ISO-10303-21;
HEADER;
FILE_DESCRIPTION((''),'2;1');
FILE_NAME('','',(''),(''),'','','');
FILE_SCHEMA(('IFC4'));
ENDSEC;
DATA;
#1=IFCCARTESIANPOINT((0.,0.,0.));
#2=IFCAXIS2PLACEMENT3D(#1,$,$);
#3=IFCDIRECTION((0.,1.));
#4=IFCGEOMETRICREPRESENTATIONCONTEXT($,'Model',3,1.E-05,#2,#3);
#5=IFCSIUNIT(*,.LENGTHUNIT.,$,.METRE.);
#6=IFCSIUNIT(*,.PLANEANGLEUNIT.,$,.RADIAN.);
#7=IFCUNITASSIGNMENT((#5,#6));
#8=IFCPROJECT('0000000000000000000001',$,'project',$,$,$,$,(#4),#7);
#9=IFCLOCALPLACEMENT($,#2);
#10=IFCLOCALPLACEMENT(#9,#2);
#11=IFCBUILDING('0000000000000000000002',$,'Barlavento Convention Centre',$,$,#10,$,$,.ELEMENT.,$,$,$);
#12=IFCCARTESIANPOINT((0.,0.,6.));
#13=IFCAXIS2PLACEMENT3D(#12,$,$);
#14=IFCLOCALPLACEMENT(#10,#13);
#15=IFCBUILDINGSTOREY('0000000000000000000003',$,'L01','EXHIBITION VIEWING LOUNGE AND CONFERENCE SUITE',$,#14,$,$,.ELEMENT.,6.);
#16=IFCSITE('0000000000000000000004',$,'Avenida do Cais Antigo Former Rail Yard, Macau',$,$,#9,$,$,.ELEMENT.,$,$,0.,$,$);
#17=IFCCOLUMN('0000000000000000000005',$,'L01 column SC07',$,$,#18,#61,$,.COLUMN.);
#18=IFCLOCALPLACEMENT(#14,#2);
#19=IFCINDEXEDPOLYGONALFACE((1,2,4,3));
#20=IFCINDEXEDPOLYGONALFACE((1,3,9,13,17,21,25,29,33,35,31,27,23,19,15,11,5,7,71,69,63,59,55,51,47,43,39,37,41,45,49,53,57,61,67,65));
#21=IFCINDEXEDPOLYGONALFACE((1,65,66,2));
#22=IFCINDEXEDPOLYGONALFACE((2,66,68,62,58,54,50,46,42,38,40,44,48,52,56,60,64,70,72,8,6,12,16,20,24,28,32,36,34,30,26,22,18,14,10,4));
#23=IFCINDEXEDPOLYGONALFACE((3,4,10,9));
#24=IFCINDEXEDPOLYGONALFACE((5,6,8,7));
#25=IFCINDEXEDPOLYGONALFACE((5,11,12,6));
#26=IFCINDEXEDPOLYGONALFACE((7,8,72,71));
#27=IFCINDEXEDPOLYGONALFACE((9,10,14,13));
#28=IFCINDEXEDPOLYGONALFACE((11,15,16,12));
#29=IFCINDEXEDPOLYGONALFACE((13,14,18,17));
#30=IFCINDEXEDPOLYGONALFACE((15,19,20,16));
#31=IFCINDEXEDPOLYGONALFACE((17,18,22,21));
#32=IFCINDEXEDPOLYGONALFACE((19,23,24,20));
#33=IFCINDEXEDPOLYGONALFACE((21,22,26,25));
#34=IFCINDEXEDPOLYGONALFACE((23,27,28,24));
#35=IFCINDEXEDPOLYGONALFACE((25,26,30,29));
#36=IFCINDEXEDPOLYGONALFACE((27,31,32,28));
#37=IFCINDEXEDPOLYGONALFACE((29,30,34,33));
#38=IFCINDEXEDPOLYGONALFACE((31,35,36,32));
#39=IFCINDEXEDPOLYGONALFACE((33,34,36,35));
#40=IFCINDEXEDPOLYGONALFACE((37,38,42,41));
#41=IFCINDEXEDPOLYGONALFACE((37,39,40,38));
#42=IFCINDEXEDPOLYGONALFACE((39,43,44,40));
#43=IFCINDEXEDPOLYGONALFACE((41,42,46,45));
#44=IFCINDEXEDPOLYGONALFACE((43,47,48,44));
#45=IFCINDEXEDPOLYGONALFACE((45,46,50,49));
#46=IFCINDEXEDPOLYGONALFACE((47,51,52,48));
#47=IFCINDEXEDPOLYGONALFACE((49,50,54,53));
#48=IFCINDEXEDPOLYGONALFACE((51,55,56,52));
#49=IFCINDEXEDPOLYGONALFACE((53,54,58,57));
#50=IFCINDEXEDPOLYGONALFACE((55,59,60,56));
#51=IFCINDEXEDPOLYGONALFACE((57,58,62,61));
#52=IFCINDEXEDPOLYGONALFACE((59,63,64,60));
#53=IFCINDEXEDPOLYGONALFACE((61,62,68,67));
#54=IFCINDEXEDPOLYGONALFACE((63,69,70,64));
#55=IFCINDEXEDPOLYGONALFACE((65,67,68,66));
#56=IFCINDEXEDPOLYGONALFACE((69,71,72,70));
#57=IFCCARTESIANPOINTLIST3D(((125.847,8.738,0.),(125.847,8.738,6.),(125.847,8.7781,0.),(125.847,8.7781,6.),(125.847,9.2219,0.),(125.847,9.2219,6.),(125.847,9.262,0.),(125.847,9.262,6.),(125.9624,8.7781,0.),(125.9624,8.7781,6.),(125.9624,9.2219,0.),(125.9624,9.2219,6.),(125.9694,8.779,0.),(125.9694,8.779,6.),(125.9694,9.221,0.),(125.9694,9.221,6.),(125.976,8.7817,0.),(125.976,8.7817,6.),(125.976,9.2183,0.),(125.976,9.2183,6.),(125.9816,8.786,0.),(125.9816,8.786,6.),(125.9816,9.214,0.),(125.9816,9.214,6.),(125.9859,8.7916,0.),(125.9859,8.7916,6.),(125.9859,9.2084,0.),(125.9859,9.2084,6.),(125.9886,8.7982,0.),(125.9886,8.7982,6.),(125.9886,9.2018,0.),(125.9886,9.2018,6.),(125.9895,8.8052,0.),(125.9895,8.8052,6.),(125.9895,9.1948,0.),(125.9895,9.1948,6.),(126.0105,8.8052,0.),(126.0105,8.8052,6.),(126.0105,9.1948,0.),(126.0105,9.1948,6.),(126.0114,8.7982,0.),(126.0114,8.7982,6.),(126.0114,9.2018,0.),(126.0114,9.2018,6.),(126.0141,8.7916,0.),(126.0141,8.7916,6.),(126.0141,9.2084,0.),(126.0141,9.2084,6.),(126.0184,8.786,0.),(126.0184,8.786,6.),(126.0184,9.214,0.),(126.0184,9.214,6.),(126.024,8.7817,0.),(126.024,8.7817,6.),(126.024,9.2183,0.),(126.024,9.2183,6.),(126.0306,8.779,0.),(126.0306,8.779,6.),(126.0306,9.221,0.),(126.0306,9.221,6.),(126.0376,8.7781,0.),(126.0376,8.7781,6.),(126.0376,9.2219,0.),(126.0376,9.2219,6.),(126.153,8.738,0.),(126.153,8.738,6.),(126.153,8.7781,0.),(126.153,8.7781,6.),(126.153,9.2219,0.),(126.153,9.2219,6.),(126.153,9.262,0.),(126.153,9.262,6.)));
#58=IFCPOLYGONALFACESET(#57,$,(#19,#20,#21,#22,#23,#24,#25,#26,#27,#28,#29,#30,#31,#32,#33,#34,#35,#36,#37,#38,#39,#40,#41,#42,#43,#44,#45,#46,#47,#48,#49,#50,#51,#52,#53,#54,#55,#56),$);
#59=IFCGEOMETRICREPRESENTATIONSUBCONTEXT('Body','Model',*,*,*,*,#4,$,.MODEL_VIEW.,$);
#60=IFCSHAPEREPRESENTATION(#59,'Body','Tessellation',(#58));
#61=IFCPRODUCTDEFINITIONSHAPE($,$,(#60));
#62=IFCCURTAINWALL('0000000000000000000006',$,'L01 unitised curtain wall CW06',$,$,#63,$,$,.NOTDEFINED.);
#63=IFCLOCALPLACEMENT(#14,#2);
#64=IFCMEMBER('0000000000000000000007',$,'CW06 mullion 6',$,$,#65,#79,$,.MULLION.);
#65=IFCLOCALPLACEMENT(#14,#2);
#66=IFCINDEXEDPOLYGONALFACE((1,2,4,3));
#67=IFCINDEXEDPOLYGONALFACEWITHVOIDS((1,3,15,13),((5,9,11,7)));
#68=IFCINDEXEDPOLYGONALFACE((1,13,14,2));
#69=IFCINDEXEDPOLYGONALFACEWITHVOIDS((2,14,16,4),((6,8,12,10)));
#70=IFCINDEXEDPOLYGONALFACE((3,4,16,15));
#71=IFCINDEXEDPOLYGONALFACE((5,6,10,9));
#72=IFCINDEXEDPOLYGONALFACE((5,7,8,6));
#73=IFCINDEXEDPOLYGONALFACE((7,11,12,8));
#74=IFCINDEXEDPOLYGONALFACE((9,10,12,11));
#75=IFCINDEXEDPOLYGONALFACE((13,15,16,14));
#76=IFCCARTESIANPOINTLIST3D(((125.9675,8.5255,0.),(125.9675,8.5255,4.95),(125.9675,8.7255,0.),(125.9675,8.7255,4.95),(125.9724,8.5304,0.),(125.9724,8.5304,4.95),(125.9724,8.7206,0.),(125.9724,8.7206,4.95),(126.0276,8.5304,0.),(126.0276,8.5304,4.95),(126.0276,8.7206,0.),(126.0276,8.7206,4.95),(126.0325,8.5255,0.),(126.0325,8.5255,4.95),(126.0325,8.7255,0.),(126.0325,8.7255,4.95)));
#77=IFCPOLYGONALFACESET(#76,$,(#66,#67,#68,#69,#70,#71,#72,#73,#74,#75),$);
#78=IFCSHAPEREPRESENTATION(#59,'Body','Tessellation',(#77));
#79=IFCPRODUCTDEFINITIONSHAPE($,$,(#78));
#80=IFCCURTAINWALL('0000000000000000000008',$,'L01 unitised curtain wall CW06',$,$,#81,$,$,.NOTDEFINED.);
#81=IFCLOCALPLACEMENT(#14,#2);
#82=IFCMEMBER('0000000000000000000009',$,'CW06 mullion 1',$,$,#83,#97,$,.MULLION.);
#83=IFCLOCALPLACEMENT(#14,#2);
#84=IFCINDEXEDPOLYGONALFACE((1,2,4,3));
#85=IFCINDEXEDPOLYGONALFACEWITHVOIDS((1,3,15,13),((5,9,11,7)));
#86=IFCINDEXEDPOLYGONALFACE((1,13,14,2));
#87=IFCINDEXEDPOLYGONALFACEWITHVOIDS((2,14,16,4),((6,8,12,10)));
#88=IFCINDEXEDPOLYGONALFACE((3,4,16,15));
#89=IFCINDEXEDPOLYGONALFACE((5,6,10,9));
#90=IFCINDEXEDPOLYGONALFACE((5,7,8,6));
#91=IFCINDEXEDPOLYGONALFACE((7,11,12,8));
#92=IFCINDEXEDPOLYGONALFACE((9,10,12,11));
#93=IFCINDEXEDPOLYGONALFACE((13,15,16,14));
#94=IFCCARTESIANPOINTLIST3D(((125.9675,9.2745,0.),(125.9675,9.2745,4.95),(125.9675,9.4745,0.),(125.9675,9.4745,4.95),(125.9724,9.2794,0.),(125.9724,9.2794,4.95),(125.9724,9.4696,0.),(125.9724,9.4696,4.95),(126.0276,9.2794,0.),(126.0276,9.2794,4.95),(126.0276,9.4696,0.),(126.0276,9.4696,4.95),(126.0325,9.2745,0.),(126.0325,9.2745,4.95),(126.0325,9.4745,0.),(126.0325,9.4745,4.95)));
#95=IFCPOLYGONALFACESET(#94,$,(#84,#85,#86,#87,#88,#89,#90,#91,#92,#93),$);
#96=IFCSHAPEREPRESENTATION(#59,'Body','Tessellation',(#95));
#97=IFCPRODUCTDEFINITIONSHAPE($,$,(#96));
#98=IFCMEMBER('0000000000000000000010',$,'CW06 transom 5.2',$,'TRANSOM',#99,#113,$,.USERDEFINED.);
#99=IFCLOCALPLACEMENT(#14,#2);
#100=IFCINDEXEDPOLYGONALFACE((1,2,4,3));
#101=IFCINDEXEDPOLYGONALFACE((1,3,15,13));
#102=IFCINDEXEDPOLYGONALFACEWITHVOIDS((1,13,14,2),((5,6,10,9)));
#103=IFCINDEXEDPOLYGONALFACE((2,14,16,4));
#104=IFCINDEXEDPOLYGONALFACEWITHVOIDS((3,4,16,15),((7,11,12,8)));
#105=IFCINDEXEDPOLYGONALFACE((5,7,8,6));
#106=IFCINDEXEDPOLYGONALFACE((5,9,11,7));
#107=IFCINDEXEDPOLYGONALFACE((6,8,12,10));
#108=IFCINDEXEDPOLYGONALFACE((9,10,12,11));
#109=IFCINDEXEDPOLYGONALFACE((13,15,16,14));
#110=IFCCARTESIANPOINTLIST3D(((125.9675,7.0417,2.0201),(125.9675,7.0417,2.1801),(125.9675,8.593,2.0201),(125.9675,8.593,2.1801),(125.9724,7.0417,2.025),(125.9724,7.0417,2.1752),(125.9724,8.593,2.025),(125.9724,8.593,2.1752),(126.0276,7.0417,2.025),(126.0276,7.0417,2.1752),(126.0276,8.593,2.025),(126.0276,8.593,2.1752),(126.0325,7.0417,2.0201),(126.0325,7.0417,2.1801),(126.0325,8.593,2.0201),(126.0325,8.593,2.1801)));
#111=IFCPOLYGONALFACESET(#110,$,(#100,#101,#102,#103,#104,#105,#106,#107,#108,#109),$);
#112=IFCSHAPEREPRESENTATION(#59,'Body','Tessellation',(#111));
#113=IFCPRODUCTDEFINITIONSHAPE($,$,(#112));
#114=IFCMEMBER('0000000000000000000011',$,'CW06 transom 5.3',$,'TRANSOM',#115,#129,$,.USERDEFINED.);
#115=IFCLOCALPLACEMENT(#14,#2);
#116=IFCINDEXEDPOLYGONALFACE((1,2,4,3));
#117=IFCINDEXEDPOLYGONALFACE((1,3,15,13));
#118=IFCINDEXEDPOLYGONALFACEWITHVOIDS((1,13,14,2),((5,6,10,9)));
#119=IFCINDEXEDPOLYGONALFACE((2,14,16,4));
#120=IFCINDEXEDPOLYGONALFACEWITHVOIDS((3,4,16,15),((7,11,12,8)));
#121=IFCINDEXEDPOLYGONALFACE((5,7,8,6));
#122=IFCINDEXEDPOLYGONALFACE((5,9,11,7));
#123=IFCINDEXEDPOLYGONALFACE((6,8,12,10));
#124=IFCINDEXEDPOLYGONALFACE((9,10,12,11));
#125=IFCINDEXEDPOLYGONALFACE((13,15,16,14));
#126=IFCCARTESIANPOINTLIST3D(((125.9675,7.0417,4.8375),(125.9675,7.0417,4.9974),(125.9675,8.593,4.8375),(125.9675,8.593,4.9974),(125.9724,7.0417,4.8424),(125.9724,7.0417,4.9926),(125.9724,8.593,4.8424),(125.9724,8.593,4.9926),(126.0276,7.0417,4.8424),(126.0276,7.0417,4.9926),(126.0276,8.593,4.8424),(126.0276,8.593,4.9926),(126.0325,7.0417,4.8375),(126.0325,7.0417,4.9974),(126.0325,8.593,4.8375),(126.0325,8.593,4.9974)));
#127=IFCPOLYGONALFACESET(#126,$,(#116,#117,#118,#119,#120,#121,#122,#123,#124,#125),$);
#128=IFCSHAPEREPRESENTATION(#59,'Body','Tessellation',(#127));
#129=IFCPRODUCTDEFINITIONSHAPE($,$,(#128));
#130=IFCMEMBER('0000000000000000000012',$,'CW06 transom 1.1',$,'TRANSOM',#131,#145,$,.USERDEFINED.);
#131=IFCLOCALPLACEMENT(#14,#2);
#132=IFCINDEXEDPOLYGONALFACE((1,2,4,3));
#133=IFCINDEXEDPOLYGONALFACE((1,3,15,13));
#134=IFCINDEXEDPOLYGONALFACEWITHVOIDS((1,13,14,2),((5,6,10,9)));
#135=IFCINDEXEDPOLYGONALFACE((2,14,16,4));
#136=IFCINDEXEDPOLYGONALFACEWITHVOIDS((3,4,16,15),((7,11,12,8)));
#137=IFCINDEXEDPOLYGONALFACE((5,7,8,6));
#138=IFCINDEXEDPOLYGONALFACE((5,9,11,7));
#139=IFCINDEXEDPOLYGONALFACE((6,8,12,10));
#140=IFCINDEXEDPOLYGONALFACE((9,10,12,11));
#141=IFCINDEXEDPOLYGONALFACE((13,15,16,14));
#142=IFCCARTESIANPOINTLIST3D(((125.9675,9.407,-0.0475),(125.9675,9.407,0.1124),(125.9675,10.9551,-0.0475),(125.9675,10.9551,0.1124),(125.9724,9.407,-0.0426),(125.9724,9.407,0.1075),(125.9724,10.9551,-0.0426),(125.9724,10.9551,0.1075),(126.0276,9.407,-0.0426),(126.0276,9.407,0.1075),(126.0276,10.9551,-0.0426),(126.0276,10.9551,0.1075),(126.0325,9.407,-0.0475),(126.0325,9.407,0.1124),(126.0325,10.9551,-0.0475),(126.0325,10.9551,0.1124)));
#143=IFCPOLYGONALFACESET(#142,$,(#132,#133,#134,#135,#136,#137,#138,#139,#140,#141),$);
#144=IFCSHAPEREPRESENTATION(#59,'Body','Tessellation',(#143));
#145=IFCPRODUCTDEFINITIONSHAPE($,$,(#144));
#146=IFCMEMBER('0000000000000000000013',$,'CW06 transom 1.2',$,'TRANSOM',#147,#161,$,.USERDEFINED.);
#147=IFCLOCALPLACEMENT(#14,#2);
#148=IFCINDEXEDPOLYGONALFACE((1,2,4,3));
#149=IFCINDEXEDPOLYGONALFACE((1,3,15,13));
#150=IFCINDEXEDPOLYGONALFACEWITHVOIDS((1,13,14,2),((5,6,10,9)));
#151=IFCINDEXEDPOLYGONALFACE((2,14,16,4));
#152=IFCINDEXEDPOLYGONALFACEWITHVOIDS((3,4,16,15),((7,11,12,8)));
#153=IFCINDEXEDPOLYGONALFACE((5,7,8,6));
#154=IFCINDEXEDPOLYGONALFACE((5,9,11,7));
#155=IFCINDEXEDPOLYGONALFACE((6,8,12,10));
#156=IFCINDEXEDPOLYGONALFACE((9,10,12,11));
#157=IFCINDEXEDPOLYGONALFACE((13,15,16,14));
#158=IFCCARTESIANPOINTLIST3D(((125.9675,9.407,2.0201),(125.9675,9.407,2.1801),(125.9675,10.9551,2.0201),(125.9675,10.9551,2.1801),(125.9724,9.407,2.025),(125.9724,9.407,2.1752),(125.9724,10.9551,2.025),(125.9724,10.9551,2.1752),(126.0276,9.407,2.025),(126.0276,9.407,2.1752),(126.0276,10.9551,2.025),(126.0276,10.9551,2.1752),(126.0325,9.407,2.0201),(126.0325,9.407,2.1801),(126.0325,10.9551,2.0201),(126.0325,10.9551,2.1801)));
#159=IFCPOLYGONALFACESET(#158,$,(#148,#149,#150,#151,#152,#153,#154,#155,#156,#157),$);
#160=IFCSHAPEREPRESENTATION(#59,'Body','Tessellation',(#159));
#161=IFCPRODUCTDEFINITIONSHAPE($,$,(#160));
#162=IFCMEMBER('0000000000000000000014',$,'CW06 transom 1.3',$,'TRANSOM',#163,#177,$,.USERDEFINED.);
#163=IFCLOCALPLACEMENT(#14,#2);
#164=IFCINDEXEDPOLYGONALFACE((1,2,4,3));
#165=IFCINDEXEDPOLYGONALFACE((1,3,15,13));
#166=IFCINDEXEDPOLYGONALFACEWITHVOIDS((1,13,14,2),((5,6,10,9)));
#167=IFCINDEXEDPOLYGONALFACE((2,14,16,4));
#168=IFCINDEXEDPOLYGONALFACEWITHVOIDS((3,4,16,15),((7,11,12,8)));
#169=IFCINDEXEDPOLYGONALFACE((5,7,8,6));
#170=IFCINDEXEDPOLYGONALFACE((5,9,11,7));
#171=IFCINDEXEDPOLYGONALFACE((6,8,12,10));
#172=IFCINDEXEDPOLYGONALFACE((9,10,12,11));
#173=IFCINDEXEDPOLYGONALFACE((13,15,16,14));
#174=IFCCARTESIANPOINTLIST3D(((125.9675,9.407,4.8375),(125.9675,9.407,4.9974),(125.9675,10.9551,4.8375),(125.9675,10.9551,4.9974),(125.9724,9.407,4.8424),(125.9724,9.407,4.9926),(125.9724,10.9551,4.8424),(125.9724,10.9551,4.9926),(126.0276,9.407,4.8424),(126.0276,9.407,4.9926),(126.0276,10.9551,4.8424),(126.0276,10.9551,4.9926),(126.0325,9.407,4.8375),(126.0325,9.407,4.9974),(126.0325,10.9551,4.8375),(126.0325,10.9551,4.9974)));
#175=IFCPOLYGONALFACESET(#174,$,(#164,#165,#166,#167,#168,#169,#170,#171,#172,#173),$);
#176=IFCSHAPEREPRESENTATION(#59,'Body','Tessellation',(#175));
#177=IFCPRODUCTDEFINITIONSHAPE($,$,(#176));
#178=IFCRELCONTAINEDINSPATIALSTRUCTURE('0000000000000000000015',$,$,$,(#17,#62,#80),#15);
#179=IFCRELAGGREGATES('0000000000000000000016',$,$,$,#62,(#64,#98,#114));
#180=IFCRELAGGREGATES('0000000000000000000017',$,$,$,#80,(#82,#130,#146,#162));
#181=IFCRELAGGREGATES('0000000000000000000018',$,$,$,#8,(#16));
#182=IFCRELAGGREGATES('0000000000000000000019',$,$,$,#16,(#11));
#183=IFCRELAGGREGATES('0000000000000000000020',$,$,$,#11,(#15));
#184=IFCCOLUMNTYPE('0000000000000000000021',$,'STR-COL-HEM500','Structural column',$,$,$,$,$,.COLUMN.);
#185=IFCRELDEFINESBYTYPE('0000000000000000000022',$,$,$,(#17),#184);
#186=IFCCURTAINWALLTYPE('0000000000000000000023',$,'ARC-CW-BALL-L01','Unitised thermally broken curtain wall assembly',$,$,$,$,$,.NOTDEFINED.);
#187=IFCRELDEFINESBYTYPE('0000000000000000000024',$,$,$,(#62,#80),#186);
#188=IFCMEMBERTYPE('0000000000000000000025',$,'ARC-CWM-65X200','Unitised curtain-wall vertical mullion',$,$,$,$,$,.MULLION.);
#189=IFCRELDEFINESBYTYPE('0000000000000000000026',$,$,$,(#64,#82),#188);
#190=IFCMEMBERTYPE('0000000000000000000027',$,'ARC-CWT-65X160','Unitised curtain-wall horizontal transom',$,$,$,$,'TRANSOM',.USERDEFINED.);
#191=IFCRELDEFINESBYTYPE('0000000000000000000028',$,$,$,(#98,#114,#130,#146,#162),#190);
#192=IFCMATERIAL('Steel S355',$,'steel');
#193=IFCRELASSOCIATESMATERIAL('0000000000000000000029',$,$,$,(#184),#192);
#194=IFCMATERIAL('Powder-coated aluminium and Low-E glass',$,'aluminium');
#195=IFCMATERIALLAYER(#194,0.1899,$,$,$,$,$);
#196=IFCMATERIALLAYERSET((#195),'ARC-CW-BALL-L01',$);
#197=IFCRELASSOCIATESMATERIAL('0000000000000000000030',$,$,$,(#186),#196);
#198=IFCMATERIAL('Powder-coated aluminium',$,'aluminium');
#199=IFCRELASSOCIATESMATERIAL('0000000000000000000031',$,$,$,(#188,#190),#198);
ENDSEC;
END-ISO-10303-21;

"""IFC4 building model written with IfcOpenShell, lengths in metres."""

from ifc_helpers import new_model, si_unit, direction, frame, origin, origin_2d, place, context, subcontext, project, spatial, hollow_rectangle, i_section, extrude, material, layer, layer_set, material_profile, profile_set, type_object, element, aggregate, save


model = new_model("IFC4")

# Units and contexts
model_context = context("Model", 3, precision=1e-05, world=origin(), true_north=direction((0.0, 1.0)))
body_context = subcontext(model_context, "Body", "Model", "MODEL_VIEW")
ifc_project = project(units=[si_unit("LENGTHUNIT", "METRE"), si_unit("PLANEANGLEUNIT", "RADIAN")], contexts=[model_context])

# Site, building, storey
site_placement = place(None, origin())
site = spatial("IfcSite", under=ifc_project, at=site_placement, Name="Avenida do Cais Antigo Former Rail Yard, Macau", CompositionType="ELEMENT", RefElevation=0.0)
building_placement = place(site_placement, origin())
building = spatial("IfcBuilding", under=site, at=building_placement, Name="Barlavento Convention Centre", CompositionType="ELEMENT")
storey_placement = place(building_placement, frame((0.0, 0.0, 6.0)))
storey = spatial("IfcBuildingStorey", under=building, at=storey_placement, Name="L01", Description="EXHIBITION VIEWING LOUNGE AND CONFERENCE SUITE", CompositionType="ELEMENT", Elevation=6.0)

# Column
ifc_material_1 = material(Name="Steel S355", Category="steel")
ifc_material_profile_1 = material_profile(ifc_material_1, i_section(OverallWidth=0.3059, OverallDepth=0.5239, WebThickness=0.021, FlangeThickness=0.04, FilletRadius=0.0271, at=origin_2d()), Name="HEM 500")
ifc_profile_set_1 = profile_set([ifc_material_profile_1], Name="Steel S355")
column_type = type_object("IfcColumnType", Name="STR-COL-HEM500", Description="Structural column", PredefinedType="COLUMN", material=ifc_profile_set_1)
column_placement = place(storey_placement, frame((126.0, 9.0, 0.0), z_axis=(0.0, 0.0, 1.0), x_axis=(1.0, 0.0, 0.0)))
element("IfcColumn", 1, at=column_placement, inside=storey, type_object=column_type, Name="L01 column SC07", PredefinedType="COLUMN", context=body_context, shape_type="SweptSolid", body=[
    extrude(i_section(OverallWidth=0.3059, OverallDepth=0.5239, WebThickness=0.021, FlangeThickness=0.04, FilletRadius=0.0271, at=origin_2d()), origin(), (0.0, 0.0, 1.0), 6.0),
])

# Curtain walls, members
ifc_material_2 = material(Name="Powder-coated aluminium and Low-E glass", Category="aluminium")
ifc_layer_1 = layer(ifc_material_2, 0.1899)
ifc_layer_set_1 = layer_set([ifc_layer_1], Name="ARC-CW-BALL-L01")
curtain_wall_type = type_object("IfcCurtainWallType", Name="ARC-CW-BALL-L01", Description="Unitised thermally broken curtain wall assembly", PredefinedType="NOTDEFINED", material=ifc_layer_set_1)
curtain_wall_1_placement = place(storey_placement, origin())
curtain_wall_1 = element("IfcCurtainWall", 2, at=curtain_wall_1_placement, inside=storey, type_object=curtain_wall_type, Name="L01 unitised curtain wall CW06", PredefinedType="NOTDEFINED")
ifc_material_3 = material(Name="Powder-coated aluminium", Category="aluminium")
ifc_material_profile_2 = material_profile(ifc_material_3, hollow_rectangle(XDim=0.0649, YDim=0.2, WallThickness=0.0049, at=origin_2d()), Name="AL-MULL 65x200x5")
ifc_profile_set_2 = profile_set([ifc_material_profile_2], Name="Powder-coated aluminium")
member_type_1 = type_object("IfcMemberType", Name="ARC-CWM-65X200", Description="Unitised curtain-wall vertical mullion", PredefinedType="MULLION", material=ifc_profile_set_2)
member_1_placement = place(storey_placement, frame((126.0, 8.6255, 0.0), z_axis=(0.0, 0.0, 1.0), x_axis=(-1.0, 0.0, 0.0)))
member_1 = element("IfcMember", 3, at=member_1_placement, type_object=member_type_1, Name="CW06 mullion 6", PredefinedType="MULLION", context=body_context, shape_type="SweptSolid", body=[
    extrude(hollow_rectangle(XDim=0.0649, YDim=0.2, WallThickness=0.0049, at=origin_2d()), origin(), (0.0, 0.0, 1.0), 4.95),
])
curtain_wall_2_placement = place(storey_placement, origin())
curtain_wall_2 = element("IfcCurtainWall", 4, at=curtain_wall_2_placement, inside=storey, type_object=curtain_wall_type, Name="L01 unitised curtain wall CW06", PredefinedType="NOTDEFINED")
member_2_placement = place(storey_placement, frame((126.0, 9.3745, 0.0), z_axis=(0.0, 0.0, 1.0), x_axis=(-1.0, 0.0, 0.0)))
member_2 = element("IfcMember", 5, at=member_2_placement, type_object=member_type_1, Name="CW06 mullion 1", PredefinedType="MULLION", context=body_context, shape_type="SweptSolid", body=[
    extrude(hollow_rectangle(XDim=0.0649, YDim=0.2, WallThickness=0.0049, at=origin_2d()), origin(), (0.0, 0.0, 1.0), 4.95),
])

# Members
ifc_material_profile_3 = material_profile(ifc_material_3, hollow_rectangle(XDim=0.0649, YDim=0.1599, WallThickness=0.0049, at=origin_2d()), Name="AL-TRAN 65x160x5")
ifc_profile_set_3 = profile_set([ifc_material_profile_3], Name="Powder-coated aluminium")
member_type_2 = type_object("IfcMemberType", Name="ARC-CWT-65X160", Description="Unitised curtain-wall horizontal transom", ElementType="TRANSOM", PredefinedType="USERDEFINED", material=ifc_profile_set_3)
member_3_placement = place(storey_placement, frame((126.0, 7.0417, 2.1001), z_axis=(0.0, 1.0, 0.0), x_axis=(-1.0, 0.0, 0.0)))
member_3 = element("IfcMember", 6, at=member_3_placement, type_object=member_type_2, Name="CW06 transom 5.2", ObjectType="TRANSOM", PredefinedType="USERDEFINED", context=body_context, shape_type="SweptSolid", body=[
    extrude(hollow_rectangle(XDim=0.0649, YDim=0.1599, WallThickness=0.0049, at=origin_2d()), origin(), (0.0, 0.0, 1.0), 1.5513),
])
member_4_placement = place(storey_placement, frame((126.0, 7.0417, 4.9175), z_axis=(0.0, 1.0, 0.0), x_axis=(-1.0, 0.0, 0.0)))
member_4 = element("IfcMember", 7, at=member_4_placement, type_object=member_type_2, Name="CW06 transom 5.3", ObjectType="TRANSOM", PredefinedType="USERDEFINED", context=body_context, shape_type="SweptSolid", body=[
    extrude(hollow_rectangle(XDim=0.0649, YDim=0.1599, WallThickness=0.0049, at=origin_2d()), origin(), (0.0, 0.0, 1.0), 1.5513),
])
member_5_placement = place(storey_placement, frame((126.0, 9.407, 0.0325), z_axis=(0.0, 1.0, 0.0), x_axis=(-1.0, 0.0, 0.0)))
member_5 = element("IfcMember", 8, at=member_5_placement, type_object=member_type_2, Name="CW06 transom 1.1", ObjectType="TRANSOM", PredefinedType="USERDEFINED", context=body_context, shape_type="SweptSolid", body=[
    extrude(hollow_rectangle(XDim=0.0649, YDim=0.1599, WallThickness=0.0049, at=origin_2d()), origin(), (0.0, 0.0, 1.0), 1.5481),
])
member_6_placement = place(storey_placement, frame((126.0, 9.407, 2.1001), z_axis=(0.0, 1.0, 0.0), x_axis=(-1.0, 0.0, 0.0)))
member_6 = element("IfcMember", 9, at=member_6_placement, type_object=member_type_2, Name="CW06 transom 1.2", ObjectType="TRANSOM", PredefinedType="USERDEFINED", context=body_context, shape_type="SweptSolid", body=[
    extrude(hollow_rectangle(XDim=0.0649, YDim=0.1599, WallThickness=0.0049, at=origin_2d()), origin(), (0.0, 0.0, 1.0), 1.5481),
])
member_7_placement = place(storey_placement, frame((126.0, 9.407, 4.9175), z_axis=(0.0, 1.0, 0.0), x_axis=(-1.0, 0.0, 0.0)))
member_7 = element("IfcMember", 10, at=member_7_placement, type_object=member_type_2, Name="CW06 transom 1.3", ObjectType="TRANSOM", PredefinedType="USERDEFINED", context=body_context, shape_type="SweptSolid", body=[
    extrude(hollow_rectangle(XDim=0.0649, YDim=0.1599, WallThickness=0.0049, at=origin_2d()), origin(), (0.0, 0.0, 1.0), 1.5481),
])

aggregate(curtain_wall_1, [member_1, member_3, member_4])
aggregate(curtain_wall_2, [member_2, member_5, member_6, member_7])

save(model, "model.ifc")
